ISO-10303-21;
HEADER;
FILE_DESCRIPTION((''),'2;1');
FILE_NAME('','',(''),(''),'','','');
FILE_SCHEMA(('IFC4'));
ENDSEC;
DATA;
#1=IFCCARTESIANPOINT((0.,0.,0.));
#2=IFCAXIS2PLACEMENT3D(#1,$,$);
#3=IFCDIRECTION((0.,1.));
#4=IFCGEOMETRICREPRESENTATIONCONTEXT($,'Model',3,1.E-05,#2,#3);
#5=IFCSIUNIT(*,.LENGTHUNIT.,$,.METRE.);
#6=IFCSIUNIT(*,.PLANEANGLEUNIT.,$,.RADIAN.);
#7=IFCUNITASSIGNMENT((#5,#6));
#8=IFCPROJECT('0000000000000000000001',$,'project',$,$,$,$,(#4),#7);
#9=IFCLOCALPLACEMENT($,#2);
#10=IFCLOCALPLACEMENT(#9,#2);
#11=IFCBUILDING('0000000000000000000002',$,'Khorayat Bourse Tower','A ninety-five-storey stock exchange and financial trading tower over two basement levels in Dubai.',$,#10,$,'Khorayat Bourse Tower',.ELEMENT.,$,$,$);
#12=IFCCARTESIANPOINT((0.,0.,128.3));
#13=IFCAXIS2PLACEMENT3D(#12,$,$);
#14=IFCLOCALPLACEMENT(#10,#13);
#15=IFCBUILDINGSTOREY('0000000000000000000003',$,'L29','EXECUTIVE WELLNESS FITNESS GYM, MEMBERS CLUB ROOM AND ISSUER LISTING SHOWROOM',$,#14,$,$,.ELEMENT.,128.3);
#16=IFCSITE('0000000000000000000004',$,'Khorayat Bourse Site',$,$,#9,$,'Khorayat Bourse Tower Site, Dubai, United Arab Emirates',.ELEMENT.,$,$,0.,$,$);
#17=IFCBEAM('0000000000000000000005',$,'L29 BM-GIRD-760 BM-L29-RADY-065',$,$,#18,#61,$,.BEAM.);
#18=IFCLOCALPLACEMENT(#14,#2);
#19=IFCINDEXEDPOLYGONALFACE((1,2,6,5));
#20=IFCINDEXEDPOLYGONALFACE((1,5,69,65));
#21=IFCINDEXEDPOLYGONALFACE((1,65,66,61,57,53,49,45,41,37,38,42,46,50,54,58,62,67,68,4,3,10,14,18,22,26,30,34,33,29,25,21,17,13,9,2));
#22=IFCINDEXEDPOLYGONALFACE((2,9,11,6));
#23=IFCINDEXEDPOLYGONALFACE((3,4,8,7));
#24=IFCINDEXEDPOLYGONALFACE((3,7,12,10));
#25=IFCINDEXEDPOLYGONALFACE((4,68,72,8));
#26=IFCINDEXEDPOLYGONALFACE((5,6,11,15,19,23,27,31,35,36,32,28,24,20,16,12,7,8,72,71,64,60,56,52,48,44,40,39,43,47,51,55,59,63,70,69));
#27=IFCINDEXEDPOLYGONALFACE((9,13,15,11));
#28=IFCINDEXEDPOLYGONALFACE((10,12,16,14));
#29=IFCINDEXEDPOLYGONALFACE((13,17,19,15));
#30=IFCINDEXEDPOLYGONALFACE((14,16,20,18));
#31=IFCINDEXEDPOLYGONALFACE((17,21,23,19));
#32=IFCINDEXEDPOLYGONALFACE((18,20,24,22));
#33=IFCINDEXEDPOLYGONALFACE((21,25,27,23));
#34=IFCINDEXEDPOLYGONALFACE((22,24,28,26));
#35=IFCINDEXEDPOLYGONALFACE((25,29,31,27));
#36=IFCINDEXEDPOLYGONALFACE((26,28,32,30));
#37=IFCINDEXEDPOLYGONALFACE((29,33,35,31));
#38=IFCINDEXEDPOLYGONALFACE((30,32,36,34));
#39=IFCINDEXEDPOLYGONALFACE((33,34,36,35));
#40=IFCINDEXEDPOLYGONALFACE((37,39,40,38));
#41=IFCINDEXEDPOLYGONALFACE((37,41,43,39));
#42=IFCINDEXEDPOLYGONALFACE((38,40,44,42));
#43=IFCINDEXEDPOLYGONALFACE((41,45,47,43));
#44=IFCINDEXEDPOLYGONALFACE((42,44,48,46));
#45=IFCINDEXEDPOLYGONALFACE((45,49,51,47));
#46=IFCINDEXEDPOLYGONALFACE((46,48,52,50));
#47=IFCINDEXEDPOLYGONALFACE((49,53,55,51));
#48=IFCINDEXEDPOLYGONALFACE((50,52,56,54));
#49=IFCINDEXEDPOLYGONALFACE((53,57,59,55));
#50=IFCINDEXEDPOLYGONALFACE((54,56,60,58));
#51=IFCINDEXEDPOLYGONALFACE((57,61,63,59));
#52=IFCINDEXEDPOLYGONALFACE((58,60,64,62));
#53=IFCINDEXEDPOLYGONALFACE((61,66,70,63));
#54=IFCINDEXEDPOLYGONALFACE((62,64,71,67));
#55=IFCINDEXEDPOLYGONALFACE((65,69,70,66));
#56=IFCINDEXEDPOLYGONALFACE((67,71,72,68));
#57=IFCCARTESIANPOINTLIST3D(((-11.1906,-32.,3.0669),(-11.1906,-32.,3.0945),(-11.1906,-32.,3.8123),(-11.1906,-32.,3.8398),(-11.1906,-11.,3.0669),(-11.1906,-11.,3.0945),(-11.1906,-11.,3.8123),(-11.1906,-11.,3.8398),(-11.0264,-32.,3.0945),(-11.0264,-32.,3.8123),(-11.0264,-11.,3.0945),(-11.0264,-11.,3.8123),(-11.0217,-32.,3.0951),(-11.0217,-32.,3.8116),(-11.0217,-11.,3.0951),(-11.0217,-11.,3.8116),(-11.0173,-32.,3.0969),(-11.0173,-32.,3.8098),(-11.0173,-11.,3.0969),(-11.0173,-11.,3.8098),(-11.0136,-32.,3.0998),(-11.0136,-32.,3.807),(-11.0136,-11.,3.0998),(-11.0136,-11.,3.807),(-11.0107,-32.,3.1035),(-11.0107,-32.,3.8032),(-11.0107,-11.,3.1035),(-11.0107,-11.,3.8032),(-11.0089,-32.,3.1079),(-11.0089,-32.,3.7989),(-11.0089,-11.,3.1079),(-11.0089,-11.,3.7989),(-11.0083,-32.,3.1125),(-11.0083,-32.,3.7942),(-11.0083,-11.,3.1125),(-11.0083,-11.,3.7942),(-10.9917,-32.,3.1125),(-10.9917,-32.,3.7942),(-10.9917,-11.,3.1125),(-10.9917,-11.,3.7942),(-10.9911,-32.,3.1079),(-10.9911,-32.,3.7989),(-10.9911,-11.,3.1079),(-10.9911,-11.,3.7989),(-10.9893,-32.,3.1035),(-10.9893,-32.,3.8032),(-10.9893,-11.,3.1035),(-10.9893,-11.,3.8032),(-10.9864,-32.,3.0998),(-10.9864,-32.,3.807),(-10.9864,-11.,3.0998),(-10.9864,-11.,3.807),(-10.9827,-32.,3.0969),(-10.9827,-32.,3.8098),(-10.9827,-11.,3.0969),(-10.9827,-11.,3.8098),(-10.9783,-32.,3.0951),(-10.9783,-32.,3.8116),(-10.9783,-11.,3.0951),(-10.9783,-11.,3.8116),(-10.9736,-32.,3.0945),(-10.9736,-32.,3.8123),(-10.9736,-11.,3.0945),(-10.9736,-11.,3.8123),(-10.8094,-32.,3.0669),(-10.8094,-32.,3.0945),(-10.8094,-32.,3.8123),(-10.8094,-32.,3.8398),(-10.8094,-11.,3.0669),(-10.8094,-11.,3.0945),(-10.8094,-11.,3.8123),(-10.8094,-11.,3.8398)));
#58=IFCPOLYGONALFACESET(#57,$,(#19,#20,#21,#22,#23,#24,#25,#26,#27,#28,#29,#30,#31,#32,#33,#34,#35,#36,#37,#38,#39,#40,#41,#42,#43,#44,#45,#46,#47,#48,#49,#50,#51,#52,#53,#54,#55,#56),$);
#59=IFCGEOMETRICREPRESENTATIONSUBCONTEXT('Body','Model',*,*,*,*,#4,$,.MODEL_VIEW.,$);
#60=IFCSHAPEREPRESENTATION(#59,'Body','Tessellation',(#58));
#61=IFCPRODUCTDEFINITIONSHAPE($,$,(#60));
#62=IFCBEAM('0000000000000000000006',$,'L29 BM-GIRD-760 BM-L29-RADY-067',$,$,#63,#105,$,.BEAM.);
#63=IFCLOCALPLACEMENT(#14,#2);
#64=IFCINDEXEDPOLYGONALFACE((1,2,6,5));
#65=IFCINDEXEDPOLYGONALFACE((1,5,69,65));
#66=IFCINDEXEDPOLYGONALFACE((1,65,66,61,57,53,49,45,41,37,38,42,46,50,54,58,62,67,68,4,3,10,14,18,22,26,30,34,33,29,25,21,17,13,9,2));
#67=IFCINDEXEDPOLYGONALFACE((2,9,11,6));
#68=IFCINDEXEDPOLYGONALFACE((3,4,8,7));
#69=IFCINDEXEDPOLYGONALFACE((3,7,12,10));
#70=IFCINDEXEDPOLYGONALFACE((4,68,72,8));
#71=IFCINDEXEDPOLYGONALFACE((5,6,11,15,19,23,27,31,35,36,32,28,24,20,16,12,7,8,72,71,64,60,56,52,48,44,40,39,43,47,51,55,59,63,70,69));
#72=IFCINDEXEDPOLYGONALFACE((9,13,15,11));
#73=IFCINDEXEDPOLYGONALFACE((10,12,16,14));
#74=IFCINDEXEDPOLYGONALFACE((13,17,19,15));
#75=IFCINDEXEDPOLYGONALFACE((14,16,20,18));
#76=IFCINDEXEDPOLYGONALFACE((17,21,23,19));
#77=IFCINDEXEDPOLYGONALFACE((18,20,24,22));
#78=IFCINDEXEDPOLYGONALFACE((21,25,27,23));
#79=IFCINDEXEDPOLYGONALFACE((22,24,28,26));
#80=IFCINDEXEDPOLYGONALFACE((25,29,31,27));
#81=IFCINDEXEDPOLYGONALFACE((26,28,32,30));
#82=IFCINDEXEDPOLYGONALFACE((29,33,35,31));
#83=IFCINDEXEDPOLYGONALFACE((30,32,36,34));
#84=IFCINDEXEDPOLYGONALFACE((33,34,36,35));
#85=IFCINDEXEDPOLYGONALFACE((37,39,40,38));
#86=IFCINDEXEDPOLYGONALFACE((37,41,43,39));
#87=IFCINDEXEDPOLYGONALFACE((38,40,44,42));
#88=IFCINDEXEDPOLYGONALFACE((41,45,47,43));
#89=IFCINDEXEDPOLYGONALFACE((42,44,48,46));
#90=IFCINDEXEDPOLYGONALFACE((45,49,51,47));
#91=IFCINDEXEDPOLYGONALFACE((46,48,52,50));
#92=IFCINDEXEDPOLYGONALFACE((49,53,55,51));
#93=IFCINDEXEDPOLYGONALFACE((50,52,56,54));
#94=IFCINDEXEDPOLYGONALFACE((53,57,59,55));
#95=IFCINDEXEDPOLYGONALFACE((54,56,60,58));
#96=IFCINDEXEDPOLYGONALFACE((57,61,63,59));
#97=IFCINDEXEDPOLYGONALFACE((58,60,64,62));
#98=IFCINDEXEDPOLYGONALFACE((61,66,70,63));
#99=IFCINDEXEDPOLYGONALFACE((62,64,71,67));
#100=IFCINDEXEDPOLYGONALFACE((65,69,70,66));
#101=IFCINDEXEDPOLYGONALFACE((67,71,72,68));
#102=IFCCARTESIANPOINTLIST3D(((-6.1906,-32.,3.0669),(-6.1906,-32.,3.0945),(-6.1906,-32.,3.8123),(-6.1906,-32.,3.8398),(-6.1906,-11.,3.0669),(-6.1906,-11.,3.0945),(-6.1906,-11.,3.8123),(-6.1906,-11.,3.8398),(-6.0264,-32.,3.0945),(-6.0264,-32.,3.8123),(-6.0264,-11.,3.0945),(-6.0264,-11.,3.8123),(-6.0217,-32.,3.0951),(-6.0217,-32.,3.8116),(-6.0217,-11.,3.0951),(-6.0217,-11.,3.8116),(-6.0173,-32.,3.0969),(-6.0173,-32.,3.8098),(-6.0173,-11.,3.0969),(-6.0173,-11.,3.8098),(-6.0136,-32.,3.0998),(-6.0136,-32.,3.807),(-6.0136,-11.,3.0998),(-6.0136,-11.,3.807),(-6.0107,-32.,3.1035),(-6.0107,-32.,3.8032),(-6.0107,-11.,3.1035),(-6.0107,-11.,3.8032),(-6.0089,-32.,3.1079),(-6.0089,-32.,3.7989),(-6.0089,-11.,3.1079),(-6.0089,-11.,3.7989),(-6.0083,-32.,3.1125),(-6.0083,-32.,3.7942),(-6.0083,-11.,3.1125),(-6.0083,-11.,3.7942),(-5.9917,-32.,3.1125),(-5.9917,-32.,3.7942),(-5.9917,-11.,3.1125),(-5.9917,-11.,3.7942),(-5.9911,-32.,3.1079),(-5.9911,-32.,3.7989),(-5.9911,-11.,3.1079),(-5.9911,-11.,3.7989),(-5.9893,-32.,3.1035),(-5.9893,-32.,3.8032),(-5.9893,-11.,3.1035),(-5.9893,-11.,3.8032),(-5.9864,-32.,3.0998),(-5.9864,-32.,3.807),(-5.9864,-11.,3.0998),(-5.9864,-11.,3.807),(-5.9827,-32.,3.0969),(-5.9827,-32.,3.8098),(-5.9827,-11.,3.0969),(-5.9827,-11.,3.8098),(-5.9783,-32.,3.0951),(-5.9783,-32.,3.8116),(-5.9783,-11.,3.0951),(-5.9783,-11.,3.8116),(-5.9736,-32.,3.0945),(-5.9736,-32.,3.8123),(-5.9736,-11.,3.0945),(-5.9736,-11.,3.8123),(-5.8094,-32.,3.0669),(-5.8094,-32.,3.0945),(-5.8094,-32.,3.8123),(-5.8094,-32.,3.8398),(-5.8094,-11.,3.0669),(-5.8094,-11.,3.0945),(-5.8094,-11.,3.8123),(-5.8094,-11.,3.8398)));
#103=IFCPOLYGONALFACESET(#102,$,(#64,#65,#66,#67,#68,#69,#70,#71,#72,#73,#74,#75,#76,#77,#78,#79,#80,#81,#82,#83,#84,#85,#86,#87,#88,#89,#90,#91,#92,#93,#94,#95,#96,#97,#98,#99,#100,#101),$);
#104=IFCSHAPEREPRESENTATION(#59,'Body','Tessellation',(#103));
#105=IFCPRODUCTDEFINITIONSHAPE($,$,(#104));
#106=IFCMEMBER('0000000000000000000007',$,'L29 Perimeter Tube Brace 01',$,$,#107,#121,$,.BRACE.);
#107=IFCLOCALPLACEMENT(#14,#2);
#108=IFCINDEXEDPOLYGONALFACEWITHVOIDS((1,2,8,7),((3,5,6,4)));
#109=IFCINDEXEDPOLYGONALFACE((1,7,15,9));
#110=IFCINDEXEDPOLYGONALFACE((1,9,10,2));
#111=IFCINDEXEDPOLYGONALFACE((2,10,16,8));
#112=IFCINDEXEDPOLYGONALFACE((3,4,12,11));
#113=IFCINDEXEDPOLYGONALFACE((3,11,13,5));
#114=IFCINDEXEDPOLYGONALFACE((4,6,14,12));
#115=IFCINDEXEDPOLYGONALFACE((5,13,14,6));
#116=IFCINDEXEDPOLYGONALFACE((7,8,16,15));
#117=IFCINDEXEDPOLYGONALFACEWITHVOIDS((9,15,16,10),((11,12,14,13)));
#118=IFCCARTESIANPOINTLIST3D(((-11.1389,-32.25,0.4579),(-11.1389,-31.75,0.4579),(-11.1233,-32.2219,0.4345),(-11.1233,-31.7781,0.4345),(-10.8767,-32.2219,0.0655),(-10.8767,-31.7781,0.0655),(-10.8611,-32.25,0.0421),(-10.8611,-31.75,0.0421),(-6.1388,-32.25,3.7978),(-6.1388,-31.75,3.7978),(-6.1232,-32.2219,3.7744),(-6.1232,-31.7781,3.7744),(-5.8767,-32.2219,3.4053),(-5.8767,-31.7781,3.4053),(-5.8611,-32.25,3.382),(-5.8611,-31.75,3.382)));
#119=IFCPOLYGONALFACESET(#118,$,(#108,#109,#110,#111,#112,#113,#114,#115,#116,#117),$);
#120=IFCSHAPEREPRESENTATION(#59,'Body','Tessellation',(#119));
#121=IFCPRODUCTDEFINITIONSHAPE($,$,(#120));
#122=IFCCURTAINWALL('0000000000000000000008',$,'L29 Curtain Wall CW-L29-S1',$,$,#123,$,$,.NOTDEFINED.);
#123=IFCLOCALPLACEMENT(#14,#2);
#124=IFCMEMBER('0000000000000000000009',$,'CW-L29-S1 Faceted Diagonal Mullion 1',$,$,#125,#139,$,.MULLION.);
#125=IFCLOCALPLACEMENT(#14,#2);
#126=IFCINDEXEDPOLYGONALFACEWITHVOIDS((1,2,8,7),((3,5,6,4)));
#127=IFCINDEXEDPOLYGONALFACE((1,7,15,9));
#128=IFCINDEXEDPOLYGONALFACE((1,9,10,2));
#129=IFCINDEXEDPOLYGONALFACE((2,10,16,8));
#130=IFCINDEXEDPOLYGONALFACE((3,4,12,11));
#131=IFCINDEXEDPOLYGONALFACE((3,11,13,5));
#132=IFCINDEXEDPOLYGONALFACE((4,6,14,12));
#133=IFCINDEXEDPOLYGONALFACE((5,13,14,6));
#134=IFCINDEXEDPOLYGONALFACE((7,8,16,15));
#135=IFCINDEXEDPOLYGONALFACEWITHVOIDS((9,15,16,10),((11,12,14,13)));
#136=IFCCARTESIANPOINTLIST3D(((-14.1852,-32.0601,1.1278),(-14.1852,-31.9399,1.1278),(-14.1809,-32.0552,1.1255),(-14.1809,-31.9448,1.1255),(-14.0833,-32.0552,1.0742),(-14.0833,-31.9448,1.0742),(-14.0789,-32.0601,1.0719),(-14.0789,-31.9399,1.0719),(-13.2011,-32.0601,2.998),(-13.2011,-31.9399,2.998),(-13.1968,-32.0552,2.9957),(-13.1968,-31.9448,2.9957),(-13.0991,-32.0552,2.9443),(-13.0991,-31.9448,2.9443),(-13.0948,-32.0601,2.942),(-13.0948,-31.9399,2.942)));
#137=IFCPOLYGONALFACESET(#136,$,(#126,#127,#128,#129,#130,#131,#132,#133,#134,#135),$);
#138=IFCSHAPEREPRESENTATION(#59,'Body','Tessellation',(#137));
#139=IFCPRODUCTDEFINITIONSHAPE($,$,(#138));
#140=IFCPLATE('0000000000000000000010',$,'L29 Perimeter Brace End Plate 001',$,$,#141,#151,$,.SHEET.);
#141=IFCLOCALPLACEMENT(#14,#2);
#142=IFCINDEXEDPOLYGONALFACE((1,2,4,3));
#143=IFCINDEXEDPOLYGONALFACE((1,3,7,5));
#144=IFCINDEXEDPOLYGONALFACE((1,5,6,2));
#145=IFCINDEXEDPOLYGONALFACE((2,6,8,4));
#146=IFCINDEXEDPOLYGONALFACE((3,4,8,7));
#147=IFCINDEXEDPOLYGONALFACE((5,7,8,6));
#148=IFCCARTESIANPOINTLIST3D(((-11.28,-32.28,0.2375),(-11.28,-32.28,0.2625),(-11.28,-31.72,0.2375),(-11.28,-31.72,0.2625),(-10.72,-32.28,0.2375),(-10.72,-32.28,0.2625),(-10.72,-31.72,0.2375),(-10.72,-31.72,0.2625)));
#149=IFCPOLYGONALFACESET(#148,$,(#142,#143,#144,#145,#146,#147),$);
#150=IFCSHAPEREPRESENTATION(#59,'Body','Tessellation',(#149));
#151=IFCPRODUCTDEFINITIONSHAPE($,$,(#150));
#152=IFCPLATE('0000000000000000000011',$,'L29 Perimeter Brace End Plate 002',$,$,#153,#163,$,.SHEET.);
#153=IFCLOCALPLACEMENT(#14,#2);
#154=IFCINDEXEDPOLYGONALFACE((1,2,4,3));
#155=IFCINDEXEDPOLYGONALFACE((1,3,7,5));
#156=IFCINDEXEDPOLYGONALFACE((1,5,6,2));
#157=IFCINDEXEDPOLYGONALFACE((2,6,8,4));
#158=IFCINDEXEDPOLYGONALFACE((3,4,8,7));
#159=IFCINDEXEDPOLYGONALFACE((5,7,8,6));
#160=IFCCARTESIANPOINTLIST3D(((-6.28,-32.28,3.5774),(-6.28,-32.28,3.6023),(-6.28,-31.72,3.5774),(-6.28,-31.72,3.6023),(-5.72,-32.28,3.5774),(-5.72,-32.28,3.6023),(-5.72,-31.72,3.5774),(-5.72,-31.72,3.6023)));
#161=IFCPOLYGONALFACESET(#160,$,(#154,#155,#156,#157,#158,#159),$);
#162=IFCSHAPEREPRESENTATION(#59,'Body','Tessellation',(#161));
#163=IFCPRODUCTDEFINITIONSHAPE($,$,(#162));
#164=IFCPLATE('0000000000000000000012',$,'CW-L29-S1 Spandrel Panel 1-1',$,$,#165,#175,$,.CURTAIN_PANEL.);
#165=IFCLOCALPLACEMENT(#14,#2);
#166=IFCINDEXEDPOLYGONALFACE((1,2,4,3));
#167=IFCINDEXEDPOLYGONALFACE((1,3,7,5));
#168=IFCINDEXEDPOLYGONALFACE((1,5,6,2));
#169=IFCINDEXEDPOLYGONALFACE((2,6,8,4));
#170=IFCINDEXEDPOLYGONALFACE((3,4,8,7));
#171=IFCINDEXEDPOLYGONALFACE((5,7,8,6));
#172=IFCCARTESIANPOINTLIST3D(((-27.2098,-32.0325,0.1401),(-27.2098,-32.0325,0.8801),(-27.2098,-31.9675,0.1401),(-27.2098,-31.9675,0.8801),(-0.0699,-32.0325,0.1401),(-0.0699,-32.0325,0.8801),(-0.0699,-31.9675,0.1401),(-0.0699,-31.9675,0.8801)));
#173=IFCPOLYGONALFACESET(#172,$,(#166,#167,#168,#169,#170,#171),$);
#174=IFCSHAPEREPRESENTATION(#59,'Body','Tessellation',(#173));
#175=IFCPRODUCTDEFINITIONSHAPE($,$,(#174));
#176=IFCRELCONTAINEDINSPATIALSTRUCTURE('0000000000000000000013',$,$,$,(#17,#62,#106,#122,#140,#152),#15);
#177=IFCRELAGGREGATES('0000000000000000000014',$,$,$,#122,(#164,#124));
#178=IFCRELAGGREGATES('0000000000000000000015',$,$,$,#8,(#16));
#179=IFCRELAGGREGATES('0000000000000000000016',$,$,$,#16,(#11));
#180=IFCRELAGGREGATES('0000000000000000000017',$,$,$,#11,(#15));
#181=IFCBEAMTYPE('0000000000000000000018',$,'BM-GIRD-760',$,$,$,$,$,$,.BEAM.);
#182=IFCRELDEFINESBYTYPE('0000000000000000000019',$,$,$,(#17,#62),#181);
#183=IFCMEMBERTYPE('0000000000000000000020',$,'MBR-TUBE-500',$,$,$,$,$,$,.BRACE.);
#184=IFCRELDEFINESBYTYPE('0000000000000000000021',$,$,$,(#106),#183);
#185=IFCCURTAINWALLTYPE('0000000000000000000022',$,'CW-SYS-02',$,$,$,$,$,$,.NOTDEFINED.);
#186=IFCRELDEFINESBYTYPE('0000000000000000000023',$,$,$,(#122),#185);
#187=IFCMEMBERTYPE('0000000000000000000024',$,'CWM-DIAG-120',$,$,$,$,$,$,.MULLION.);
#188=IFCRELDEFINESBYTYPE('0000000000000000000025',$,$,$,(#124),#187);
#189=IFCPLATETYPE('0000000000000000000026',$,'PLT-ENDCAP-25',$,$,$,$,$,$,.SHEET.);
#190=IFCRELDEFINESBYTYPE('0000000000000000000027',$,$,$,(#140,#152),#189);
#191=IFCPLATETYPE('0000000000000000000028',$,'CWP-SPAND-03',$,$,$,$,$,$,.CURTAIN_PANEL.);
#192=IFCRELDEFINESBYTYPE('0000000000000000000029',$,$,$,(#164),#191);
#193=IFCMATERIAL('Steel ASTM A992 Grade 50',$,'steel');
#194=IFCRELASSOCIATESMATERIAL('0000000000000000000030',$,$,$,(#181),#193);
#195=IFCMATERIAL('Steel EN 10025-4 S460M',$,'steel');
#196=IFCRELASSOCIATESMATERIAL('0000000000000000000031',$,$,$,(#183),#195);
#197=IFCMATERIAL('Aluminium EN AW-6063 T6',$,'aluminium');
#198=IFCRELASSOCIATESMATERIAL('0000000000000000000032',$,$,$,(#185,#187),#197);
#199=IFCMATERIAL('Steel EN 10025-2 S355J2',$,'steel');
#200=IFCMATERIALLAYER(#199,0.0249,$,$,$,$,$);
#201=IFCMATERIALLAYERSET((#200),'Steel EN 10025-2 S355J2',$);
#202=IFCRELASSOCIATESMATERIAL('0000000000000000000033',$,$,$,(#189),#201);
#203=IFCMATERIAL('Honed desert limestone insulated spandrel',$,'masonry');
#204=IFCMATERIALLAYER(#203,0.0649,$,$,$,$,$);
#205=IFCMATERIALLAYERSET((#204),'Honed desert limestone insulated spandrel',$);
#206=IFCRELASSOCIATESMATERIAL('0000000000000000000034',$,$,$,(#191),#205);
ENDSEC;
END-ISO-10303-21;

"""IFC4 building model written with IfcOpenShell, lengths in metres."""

from ifc_helpers import new_model, si_unit, direction, frame, origin, origin_2d, place, context, subcontext, project, spatial, rectangle, hollow_rectangle, i_section, extrude, source, transform, mapped, material, layer, layer_set, material_profile, profile_set, type_object, element, aggregate, save


model = new_model("IFC4")

# Units and contexts
model_context = context("Model", 3, precision=1e-05, world=origin(), true_north=direction((0.0, 1.0)))
body_context = subcontext(model_context, "Body", "Model", "MODEL_VIEW")
ifc_project = project(units=[si_unit("LENGTHUNIT", "METRE"), si_unit("PLANEANGLEUNIT", "RADIAN")], contexts=[model_context])

# Site, building, storey
site_placement = place(None, origin())
site = spatial("IfcSite", under=ifc_project, at=site_placement, Name="Khorayat Bourse Site", LongName="Khorayat Bourse Tower Site, Dubai, United Arab Emirates", CompositionType="ELEMENT", RefElevation=0.0)
building_placement = place(site_placement, origin())
building = spatial("IfcBuilding", under=site, at=building_placement, Name="Khorayat Bourse Tower", Description="A ninety-five-storey stock exchange and financial trading tower over two basement levels in Dubai.", LongName="Khorayat Bourse Tower", CompositionType="ELEMENT")
storey_placement = place(building_placement, frame((0.0, 0.0, 128.3)))
storey = spatial("IfcBuildingStorey", under=building, at=storey_placement, Name="L29", Description="EXECUTIVE WELLNESS FITNESS GYM, MEMBERS CLUB ROOM AND ISSUER LISTING SHOWROOM", CompositionType="ELEMENT", Elevation=128.3)

# Shared definitions
ifc_material_1 = material(Name="Steel EN 10025-4 S460M", Category="steel")

# Beams
ifc_material_2 = material(Name="Steel ASTM A992 Grade 50", Category="steel")
ifc_material_profile_1 = material_profile(ifc_material_2, i_section(OverallWidth=0.3811, OverallDepth=0.7729, WebThickness=0.0166, FlangeThickness=0.0276, FilletRadius=0.0181, at=origin_2d()), Name="W760X257")
ifc_profile_set_1 = profile_set([ifc_material_profile_1], Name="Steel ASTM A992 Grade 50")
beam_type_1 = type_object("IfcBeamType", Name="BM-GIRD-760", PredefinedType="BEAM", material=ifc_profile_set_1)
shared_shape_1 = source(origin(), body_context, "Body", "SweptSolid", [
    extrude(i_section(OverallWidth=0.3811, OverallDepth=0.7729, WebThickness=0.0166, FlangeThickness=0.0276, FilletRadius=0.0181, at=origin_2d()), origin(), (0.0, 0.0, 1.0), 21.0),
])
for number, where, z_axis, x_axis, name in (
    (1, (-11.0, -32.0, 3.4534), (0.0, 1.0, 0.0), (-1.0, 0.0, 0.0), "L29 BM-GIRD-760 BM-L29-RADY-065"),
    (2, (-6.0, -32.0, 3.4534), (0.0, 1.0, 0.0), (-1.0, 0.0, 0.0), "L29 BM-GIRD-760 BM-L29-RADY-067"),
):
    element("IfcBeam", number, at=place(storey_placement, frame(where, z_axis=z_axis, x_axis=x_axis)), inside=storey, type_object=beam_type_1, Name=name, PredefinedType="BEAM", context=body_context, shape_type="MappedRepresentation", body=[
        mapped(shared_shape_1, transform((0.0, 0.0, 0.0), scale=1.0)),
    ])

# Member
ifc_material_profile_2 = material_profile(ifc_material_1, hollow_rectangle(XDim=0.5, YDim=0.5, WallThickness=0.0281, at=origin_2d()), Name="HSS 500x500x28")
ifc_profile_set_2 = profile_set([ifc_material_profile_2], Name="Steel EN 10025-4 S460M")
member_type_1 = type_object("IfcMemberType", Name="MBR-TUBE-500", PredefinedType="BRACE", material=ifc_profile_set_2)
shared_shape_2 = source(origin(), body_context, "Body", "SweptSolid", [
    extrude(hollow_rectangle(XDim=0.5, YDim=0.5, WallThickness=0.0281, at=origin_2d()), origin(), (0.0, 0.0, 1.0), 6.0129),
])
member_1_placement = place(storey_placement, frame((-11.0, -32.0, 0.25), z_axis=(0.83155, 0.0, 0.55545), x_axis=(0.0, 1.0, 0.0)))
element("IfcMember", 3, at=member_1_placement, inside=storey, type_object=member_type_1, Name="L29 Perimeter Tube Brace 01", PredefinedType="BRACE", context=body_context, shape_type="MappedRepresentation", body=[
    mapped(shared_shape_2, transform((0.0, 0.0, 0.0), scale=1.0)),
])

# Curtain wall, member
ifc_material_3 = material(Name="Aluminium EN AW-6063 T6", Category="aluminium")
curtain_wall_type = type_object("IfcCurtainWallType", Name="CW-SYS-02", PredefinedType="NOTDEFINED", material=ifc_material_3)
curtain_wall_placement = place(storey_placement, origin())
curtain_wall = element("IfcCurtainWall", 4, at=curtain_wall_placement, inside=storey, type_object=curtain_wall_type, Name="L29 Curtain Wall CW-L29-S1", PredefinedType="NOTDEFINED")
ifc_material_profile_3 = material_profile(ifc_material_3, hollow_rectangle(XDim=0.1201, YDim=0.1201, WallThickness=0.0049, at=origin_2d()), Name="ALU 120x120x5")
ifc_profile_set_3 = profile_set([ifc_material_profile_3], Name="Aluminium EN AW-6063 T6")
member_type_2 = type_object("IfcMemberType", Name="CWM-DIAG-120", PredefinedType="MULLION", material=ifc_profile_set_3)
shared_shape_3 = source(origin(), body_context, "Body", "SweptSolid", [
    extrude(hollow_rectangle(XDim=0.1201, YDim=0.1201, WallThickness=0.0049, at=origin_2d()), origin(), (0.0, 0.0, 1.0), 2.1133),
])
member_2_placement = place(storey_placement, frame((-14.1321, -32.0, 1.0999), z_axis=(0.465694, 0.0, 0.884946), x_axis=(0.0, 1.0, 0.0)))
member_2 = element("IfcMember", 5, at=member_2_placement, type_object=member_type_2, Name="CW-L29-S1 Faceted Diagonal Mullion 1", PredefinedType="MULLION", context=body_context, shape_type="MappedRepresentation", body=[
    mapped(shared_shape_3, transform((0.0, 0.0, 0.0), scale=1.0)),
])

# Plates
ifc_material_4 = material(Name="Steel EN 10025-2 S355J2", Category="steel")
ifc_layer_1 = layer(ifc_material_4, 0.0249)
ifc_layer_set_1 = layer_set([ifc_layer_1], Name="Steel EN 10025-2 S355J2")
plate_type_1 = type_object("IfcPlateType", Name="PLT-ENDCAP-25", PredefinedType="SHEET", material=ifc_layer_set_1)
shared_shape_4 = source(origin(), body_context, "Body", "SweptSolid", [
    extrude(rectangle(XDim=0.5601, YDim=0.5601, at=origin_2d()), origin(), (0.0, 0.0, 1.0), 0.0249),
])
for number, where, z_axis, x_axis, name in (
    (6, (-11.0, -32.0, 0.2375), (0.0, 0.0, 1.0), (1.0, 0.0, 0.0), "L29 Perimeter Brace End Plate 001"),
    (7, (-6.0, -32.0, 3.5774), (0.0, 0.0, 1.0), (1.0, 0.0, 0.0), "L29 Perimeter Brace End Plate 002"),
):
    element("IfcPlate", number, at=place(storey_placement, frame(where, z_axis=z_axis, x_axis=x_axis)), inside=storey, type_object=plate_type_1, Name=name, PredefinedType="SHEET", context=body_context, shape_type="MappedRepresentation", body=[
        mapped(shared_shape_4, transform((0.0, 0.0, 0.0), scale=1.0)),
    ])

# Plate
ifc_material_5 = material(Name="Honed desert limestone insulated spandrel", Category="masonry")
ifc_layer_2 = layer(ifc_material_5, 0.0649)
ifc_layer_set_2 = layer_set([ifc_layer_2], Name="Honed desert limestone insulated spandrel")
plate_type_2 = type_object("IfcPlateType", Name="CWP-SPAND-03", PredefinedType="CURTAIN_PANEL", material=ifc_layer_set_2)
shared_shape_5 = source(origin(), body_context, "Body", "SweptSolid", [
    extrude(rectangle(XDim=27.1399, YDim=0.0649, at=origin_2d()), origin(), (0.0, 0.0, 1.0), 0.74),
])
plate_1_placement = place(storey_placement, frame((-13.6399, -32.0, 0.1401), z_axis=(0.0, 0.0, 1.0), x_axis=(1.0, 0.0, 0.0)))
plate_1 = element("IfcPlate", 8, at=plate_1_placement, type_object=plate_type_2, Name="CW-L29-S1 Spandrel Panel 1-1", PredefinedType="CURTAIN_PANEL", context=body_context, shape_type="MappedRepresentation", body=[
    mapped(shared_shape_5, transform((0.0, 0.0, 0.0), scale=1.0)),
])
aggregate(curtain_wall, [plate_1, member_2])

save(model, "model.ifc")
